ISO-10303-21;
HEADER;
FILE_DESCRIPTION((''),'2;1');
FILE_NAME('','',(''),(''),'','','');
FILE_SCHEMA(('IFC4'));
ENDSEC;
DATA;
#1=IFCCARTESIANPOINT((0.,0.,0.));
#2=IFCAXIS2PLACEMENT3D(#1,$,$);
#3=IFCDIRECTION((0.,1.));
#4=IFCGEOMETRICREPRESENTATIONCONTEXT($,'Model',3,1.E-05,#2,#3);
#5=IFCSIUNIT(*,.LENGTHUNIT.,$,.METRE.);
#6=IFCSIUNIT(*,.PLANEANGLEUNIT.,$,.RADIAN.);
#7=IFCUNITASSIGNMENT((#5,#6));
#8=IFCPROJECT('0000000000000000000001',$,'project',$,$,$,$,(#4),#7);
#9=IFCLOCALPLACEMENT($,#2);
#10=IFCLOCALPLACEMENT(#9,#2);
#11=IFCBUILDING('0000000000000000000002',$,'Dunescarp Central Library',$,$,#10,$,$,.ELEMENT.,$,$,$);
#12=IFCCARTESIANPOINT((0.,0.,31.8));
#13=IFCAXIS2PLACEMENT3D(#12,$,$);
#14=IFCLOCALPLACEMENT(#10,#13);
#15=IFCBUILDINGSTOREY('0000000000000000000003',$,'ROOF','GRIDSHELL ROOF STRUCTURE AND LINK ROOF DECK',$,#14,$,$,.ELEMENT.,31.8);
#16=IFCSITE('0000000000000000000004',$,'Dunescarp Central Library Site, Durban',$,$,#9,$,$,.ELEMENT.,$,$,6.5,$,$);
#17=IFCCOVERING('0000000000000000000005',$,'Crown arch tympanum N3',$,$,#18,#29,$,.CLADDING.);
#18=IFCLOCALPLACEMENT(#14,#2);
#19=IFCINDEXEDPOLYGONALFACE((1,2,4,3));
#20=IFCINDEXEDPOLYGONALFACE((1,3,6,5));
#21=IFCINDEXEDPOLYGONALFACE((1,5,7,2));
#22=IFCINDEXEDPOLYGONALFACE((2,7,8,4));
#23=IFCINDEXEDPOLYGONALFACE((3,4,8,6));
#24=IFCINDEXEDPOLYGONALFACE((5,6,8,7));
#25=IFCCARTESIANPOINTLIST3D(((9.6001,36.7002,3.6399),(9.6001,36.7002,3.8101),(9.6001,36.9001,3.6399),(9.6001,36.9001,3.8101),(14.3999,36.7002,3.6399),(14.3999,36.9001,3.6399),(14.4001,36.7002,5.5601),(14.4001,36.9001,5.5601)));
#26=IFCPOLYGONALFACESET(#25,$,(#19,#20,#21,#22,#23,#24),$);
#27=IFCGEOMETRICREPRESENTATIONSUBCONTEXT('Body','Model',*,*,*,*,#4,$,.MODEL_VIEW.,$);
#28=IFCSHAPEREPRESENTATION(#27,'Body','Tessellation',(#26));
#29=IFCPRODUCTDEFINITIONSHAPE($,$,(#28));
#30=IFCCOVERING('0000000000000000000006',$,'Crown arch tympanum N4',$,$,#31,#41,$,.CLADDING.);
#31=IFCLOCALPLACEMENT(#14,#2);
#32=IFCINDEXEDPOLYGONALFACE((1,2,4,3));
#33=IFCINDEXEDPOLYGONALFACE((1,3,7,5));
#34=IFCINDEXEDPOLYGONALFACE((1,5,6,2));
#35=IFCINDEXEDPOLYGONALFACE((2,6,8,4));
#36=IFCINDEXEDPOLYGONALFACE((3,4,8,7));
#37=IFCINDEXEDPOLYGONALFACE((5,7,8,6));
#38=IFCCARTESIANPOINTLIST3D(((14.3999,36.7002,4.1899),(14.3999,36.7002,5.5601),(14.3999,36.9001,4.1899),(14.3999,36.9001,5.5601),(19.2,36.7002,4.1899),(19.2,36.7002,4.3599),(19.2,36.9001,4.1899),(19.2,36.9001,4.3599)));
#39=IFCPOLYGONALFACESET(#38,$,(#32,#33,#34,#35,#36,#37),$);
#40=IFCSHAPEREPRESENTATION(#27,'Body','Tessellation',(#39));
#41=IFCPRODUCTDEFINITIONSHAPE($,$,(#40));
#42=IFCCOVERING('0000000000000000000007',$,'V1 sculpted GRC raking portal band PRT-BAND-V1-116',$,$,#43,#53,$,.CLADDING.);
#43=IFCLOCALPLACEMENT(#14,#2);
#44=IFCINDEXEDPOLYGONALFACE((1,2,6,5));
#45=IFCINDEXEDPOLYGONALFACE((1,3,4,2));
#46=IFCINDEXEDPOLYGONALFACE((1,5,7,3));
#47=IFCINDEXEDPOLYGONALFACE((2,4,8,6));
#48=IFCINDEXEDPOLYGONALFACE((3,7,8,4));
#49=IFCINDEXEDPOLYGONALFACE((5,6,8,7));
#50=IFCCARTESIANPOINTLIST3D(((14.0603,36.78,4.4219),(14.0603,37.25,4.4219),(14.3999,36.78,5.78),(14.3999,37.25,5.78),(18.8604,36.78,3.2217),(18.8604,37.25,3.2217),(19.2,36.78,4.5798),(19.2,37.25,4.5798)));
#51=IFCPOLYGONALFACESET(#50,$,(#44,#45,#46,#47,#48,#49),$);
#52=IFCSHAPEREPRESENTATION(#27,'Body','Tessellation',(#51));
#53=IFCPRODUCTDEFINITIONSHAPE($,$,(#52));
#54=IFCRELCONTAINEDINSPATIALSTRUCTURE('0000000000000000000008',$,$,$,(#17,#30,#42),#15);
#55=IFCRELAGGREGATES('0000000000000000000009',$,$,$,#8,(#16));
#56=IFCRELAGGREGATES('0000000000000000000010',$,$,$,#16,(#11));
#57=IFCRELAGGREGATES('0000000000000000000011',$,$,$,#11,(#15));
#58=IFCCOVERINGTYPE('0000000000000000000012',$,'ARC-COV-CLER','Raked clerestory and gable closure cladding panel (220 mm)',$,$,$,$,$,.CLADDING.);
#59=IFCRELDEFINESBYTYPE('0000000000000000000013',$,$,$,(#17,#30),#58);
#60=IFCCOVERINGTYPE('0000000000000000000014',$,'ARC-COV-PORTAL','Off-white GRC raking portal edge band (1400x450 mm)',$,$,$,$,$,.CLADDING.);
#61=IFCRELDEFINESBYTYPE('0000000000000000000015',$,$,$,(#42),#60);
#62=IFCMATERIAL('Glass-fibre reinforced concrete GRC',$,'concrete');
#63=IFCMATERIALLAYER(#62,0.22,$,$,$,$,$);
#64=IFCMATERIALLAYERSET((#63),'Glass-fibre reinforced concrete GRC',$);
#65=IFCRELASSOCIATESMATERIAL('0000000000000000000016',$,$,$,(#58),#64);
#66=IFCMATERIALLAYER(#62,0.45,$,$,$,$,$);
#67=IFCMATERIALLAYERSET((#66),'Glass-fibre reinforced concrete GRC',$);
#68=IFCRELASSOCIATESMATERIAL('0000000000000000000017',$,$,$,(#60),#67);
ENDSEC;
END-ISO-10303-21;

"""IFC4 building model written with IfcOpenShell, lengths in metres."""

from ifc_helpers import new_model, si_unit, direction, frame, origin, place, context, subcontext, project, spatial, polyline, outline, extrude, material, layer, layer_set, type_object, element, save


model = new_model("IFC4")

# Units and contexts
model_context = context("Model", 3, precision=1e-05, world=origin(), true_north=direction((0.0, 1.0)))
body_context = subcontext(model_context, "Body", "Model", "MODEL_VIEW")
ifc_project = project(units=[si_unit("LENGTHUNIT", "METRE"), si_unit("PLANEANGLEUNIT", "RADIAN")], contexts=[model_context])

# Site, building, storey
site_placement = place(None, origin())
site = spatial("IfcSite", under=ifc_project, at=site_placement, Name="Dunescarp Central Library Site, Durban", CompositionType="ELEMENT", RefElevation=6.5)
building_placement = place(site_placement, origin())
building = spatial("IfcBuilding", under=site, at=building_placement, Name="Dunescarp Central Library", CompositionType="ELEMENT")
storey_placement = place(building_placement, frame((0.0, 0.0, 31.8)))
storey = spatial("IfcBuildingStorey", under=building, at=storey_placement, Name="ROOF", Description="GRIDSHELL ROOF STRUCTURE AND LINK ROOF DECK", CompositionType="ELEMENT", Elevation=31.8)

# Coverings
ifc_material_1 = material(Name="Glass-fibre reinforced concrete GRC", Category="concrete")
ifc_layer_1 = layer(ifc_material_1, 0.22)
ifc_layer_set_1 = layer_set([ifc_layer_1], Name="Glass-fibre reinforced concrete GRC")
covering_type_1 = type_object("IfcCoveringType", Name="ARC-COV-CLER", Description="Raked clerestory and gable closure cladding panel (220 mm)", PredefinedType="CLADDING", material=ifc_layer_set_1)
covering_1_placement = place(storey_placement, frame((9.6001, 36.8, 3.6399), z_axis=(0.0, 0.0, 1.0), x_axis=(1.0, 0.0, 0.0)))
element("IfcCovering", 1, at=covering_1_placement, inside=storey, type_object=covering_type_1, Name="Crown arch tympanum N3", PredefinedType="CLADDING", context=body_context, shape_type="SweptSolid", body=[
    extrude(outline(polyline([(0.0, 0.0), (4.7998, 0.0), (4.8, 1.9202), (0.0, 0.1702), (0.0, 0.0)])), frame((0.0, 0.1001, 0.0), z_axis=(0.0, -1.0, 0.0), x_axis=(1.0, 0.0, 0.0)), (0.0, 0.0, 1.0), 0.2),
])
covering_2_placement = place(storey_placement, frame((14.3999, 36.8, 4.1899), z_axis=(0.0, 0.0, 1.0), x_axis=(1.0, 0.0, 0.0)))
element("IfcCovering", 2, at=covering_2_placement, inside=storey, type_object=covering_type_1, Name="Crown arch tympanum N4", PredefinedType="CLADDING", context=body_context, shape_type="SweptSolid", body=[
    extrude(outline(polyline([(0.0, 0.0), (4.8, 0.0), (4.8, 0.1699), (0.0, 1.3701), (0.0, 0.0)])), frame((0.0, 0.1001, 0.0), z_axis=(0.0, -1.0, 0.0), x_axis=(1.0, 0.0, 0.0)), (0.0, 0.0, 1.0), 0.2),
])
ifc_layer_2 = layer(ifc_material_1, 0.45)
ifc_layer_set_2 = layer_set([ifc_layer_2], Name="Glass-fibre reinforced concrete GRC")
covering_type_2 = type_object("IfcCoveringType", Name="ARC-COV-PORTAL", Description="Off-white GRC raking portal edge band (1400x450 mm)", PredefinedType="CLADDING", material=ifc_layer_set_2)
covering_3_placement = place(storey_placement, frame((14.3999, 36.78, 5.78), z_axis=(0.24257, 0.0, 0.970134), x_axis=(0.970134, 0.0, -0.24257)))
element("IfcCovering", 3, at=covering_3_placement, inside=storey, type_object=covering_type_2, Name="V1 sculpted GRC raking portal band PRT-BAND-V1-116", PredefinedType="CLADDING", context=body_context, shape_type="SweptSolid", body=[
    extrude(outline(polyline([(0.0, 0.0), (4.9478, 0.0), (4.9478, 0.47), (0.0, 0.47), (0.0, 0.0)])), origin(), (0.0, 0.0, -1.0), 1.3999),
])

save(model, "model.ifc")
